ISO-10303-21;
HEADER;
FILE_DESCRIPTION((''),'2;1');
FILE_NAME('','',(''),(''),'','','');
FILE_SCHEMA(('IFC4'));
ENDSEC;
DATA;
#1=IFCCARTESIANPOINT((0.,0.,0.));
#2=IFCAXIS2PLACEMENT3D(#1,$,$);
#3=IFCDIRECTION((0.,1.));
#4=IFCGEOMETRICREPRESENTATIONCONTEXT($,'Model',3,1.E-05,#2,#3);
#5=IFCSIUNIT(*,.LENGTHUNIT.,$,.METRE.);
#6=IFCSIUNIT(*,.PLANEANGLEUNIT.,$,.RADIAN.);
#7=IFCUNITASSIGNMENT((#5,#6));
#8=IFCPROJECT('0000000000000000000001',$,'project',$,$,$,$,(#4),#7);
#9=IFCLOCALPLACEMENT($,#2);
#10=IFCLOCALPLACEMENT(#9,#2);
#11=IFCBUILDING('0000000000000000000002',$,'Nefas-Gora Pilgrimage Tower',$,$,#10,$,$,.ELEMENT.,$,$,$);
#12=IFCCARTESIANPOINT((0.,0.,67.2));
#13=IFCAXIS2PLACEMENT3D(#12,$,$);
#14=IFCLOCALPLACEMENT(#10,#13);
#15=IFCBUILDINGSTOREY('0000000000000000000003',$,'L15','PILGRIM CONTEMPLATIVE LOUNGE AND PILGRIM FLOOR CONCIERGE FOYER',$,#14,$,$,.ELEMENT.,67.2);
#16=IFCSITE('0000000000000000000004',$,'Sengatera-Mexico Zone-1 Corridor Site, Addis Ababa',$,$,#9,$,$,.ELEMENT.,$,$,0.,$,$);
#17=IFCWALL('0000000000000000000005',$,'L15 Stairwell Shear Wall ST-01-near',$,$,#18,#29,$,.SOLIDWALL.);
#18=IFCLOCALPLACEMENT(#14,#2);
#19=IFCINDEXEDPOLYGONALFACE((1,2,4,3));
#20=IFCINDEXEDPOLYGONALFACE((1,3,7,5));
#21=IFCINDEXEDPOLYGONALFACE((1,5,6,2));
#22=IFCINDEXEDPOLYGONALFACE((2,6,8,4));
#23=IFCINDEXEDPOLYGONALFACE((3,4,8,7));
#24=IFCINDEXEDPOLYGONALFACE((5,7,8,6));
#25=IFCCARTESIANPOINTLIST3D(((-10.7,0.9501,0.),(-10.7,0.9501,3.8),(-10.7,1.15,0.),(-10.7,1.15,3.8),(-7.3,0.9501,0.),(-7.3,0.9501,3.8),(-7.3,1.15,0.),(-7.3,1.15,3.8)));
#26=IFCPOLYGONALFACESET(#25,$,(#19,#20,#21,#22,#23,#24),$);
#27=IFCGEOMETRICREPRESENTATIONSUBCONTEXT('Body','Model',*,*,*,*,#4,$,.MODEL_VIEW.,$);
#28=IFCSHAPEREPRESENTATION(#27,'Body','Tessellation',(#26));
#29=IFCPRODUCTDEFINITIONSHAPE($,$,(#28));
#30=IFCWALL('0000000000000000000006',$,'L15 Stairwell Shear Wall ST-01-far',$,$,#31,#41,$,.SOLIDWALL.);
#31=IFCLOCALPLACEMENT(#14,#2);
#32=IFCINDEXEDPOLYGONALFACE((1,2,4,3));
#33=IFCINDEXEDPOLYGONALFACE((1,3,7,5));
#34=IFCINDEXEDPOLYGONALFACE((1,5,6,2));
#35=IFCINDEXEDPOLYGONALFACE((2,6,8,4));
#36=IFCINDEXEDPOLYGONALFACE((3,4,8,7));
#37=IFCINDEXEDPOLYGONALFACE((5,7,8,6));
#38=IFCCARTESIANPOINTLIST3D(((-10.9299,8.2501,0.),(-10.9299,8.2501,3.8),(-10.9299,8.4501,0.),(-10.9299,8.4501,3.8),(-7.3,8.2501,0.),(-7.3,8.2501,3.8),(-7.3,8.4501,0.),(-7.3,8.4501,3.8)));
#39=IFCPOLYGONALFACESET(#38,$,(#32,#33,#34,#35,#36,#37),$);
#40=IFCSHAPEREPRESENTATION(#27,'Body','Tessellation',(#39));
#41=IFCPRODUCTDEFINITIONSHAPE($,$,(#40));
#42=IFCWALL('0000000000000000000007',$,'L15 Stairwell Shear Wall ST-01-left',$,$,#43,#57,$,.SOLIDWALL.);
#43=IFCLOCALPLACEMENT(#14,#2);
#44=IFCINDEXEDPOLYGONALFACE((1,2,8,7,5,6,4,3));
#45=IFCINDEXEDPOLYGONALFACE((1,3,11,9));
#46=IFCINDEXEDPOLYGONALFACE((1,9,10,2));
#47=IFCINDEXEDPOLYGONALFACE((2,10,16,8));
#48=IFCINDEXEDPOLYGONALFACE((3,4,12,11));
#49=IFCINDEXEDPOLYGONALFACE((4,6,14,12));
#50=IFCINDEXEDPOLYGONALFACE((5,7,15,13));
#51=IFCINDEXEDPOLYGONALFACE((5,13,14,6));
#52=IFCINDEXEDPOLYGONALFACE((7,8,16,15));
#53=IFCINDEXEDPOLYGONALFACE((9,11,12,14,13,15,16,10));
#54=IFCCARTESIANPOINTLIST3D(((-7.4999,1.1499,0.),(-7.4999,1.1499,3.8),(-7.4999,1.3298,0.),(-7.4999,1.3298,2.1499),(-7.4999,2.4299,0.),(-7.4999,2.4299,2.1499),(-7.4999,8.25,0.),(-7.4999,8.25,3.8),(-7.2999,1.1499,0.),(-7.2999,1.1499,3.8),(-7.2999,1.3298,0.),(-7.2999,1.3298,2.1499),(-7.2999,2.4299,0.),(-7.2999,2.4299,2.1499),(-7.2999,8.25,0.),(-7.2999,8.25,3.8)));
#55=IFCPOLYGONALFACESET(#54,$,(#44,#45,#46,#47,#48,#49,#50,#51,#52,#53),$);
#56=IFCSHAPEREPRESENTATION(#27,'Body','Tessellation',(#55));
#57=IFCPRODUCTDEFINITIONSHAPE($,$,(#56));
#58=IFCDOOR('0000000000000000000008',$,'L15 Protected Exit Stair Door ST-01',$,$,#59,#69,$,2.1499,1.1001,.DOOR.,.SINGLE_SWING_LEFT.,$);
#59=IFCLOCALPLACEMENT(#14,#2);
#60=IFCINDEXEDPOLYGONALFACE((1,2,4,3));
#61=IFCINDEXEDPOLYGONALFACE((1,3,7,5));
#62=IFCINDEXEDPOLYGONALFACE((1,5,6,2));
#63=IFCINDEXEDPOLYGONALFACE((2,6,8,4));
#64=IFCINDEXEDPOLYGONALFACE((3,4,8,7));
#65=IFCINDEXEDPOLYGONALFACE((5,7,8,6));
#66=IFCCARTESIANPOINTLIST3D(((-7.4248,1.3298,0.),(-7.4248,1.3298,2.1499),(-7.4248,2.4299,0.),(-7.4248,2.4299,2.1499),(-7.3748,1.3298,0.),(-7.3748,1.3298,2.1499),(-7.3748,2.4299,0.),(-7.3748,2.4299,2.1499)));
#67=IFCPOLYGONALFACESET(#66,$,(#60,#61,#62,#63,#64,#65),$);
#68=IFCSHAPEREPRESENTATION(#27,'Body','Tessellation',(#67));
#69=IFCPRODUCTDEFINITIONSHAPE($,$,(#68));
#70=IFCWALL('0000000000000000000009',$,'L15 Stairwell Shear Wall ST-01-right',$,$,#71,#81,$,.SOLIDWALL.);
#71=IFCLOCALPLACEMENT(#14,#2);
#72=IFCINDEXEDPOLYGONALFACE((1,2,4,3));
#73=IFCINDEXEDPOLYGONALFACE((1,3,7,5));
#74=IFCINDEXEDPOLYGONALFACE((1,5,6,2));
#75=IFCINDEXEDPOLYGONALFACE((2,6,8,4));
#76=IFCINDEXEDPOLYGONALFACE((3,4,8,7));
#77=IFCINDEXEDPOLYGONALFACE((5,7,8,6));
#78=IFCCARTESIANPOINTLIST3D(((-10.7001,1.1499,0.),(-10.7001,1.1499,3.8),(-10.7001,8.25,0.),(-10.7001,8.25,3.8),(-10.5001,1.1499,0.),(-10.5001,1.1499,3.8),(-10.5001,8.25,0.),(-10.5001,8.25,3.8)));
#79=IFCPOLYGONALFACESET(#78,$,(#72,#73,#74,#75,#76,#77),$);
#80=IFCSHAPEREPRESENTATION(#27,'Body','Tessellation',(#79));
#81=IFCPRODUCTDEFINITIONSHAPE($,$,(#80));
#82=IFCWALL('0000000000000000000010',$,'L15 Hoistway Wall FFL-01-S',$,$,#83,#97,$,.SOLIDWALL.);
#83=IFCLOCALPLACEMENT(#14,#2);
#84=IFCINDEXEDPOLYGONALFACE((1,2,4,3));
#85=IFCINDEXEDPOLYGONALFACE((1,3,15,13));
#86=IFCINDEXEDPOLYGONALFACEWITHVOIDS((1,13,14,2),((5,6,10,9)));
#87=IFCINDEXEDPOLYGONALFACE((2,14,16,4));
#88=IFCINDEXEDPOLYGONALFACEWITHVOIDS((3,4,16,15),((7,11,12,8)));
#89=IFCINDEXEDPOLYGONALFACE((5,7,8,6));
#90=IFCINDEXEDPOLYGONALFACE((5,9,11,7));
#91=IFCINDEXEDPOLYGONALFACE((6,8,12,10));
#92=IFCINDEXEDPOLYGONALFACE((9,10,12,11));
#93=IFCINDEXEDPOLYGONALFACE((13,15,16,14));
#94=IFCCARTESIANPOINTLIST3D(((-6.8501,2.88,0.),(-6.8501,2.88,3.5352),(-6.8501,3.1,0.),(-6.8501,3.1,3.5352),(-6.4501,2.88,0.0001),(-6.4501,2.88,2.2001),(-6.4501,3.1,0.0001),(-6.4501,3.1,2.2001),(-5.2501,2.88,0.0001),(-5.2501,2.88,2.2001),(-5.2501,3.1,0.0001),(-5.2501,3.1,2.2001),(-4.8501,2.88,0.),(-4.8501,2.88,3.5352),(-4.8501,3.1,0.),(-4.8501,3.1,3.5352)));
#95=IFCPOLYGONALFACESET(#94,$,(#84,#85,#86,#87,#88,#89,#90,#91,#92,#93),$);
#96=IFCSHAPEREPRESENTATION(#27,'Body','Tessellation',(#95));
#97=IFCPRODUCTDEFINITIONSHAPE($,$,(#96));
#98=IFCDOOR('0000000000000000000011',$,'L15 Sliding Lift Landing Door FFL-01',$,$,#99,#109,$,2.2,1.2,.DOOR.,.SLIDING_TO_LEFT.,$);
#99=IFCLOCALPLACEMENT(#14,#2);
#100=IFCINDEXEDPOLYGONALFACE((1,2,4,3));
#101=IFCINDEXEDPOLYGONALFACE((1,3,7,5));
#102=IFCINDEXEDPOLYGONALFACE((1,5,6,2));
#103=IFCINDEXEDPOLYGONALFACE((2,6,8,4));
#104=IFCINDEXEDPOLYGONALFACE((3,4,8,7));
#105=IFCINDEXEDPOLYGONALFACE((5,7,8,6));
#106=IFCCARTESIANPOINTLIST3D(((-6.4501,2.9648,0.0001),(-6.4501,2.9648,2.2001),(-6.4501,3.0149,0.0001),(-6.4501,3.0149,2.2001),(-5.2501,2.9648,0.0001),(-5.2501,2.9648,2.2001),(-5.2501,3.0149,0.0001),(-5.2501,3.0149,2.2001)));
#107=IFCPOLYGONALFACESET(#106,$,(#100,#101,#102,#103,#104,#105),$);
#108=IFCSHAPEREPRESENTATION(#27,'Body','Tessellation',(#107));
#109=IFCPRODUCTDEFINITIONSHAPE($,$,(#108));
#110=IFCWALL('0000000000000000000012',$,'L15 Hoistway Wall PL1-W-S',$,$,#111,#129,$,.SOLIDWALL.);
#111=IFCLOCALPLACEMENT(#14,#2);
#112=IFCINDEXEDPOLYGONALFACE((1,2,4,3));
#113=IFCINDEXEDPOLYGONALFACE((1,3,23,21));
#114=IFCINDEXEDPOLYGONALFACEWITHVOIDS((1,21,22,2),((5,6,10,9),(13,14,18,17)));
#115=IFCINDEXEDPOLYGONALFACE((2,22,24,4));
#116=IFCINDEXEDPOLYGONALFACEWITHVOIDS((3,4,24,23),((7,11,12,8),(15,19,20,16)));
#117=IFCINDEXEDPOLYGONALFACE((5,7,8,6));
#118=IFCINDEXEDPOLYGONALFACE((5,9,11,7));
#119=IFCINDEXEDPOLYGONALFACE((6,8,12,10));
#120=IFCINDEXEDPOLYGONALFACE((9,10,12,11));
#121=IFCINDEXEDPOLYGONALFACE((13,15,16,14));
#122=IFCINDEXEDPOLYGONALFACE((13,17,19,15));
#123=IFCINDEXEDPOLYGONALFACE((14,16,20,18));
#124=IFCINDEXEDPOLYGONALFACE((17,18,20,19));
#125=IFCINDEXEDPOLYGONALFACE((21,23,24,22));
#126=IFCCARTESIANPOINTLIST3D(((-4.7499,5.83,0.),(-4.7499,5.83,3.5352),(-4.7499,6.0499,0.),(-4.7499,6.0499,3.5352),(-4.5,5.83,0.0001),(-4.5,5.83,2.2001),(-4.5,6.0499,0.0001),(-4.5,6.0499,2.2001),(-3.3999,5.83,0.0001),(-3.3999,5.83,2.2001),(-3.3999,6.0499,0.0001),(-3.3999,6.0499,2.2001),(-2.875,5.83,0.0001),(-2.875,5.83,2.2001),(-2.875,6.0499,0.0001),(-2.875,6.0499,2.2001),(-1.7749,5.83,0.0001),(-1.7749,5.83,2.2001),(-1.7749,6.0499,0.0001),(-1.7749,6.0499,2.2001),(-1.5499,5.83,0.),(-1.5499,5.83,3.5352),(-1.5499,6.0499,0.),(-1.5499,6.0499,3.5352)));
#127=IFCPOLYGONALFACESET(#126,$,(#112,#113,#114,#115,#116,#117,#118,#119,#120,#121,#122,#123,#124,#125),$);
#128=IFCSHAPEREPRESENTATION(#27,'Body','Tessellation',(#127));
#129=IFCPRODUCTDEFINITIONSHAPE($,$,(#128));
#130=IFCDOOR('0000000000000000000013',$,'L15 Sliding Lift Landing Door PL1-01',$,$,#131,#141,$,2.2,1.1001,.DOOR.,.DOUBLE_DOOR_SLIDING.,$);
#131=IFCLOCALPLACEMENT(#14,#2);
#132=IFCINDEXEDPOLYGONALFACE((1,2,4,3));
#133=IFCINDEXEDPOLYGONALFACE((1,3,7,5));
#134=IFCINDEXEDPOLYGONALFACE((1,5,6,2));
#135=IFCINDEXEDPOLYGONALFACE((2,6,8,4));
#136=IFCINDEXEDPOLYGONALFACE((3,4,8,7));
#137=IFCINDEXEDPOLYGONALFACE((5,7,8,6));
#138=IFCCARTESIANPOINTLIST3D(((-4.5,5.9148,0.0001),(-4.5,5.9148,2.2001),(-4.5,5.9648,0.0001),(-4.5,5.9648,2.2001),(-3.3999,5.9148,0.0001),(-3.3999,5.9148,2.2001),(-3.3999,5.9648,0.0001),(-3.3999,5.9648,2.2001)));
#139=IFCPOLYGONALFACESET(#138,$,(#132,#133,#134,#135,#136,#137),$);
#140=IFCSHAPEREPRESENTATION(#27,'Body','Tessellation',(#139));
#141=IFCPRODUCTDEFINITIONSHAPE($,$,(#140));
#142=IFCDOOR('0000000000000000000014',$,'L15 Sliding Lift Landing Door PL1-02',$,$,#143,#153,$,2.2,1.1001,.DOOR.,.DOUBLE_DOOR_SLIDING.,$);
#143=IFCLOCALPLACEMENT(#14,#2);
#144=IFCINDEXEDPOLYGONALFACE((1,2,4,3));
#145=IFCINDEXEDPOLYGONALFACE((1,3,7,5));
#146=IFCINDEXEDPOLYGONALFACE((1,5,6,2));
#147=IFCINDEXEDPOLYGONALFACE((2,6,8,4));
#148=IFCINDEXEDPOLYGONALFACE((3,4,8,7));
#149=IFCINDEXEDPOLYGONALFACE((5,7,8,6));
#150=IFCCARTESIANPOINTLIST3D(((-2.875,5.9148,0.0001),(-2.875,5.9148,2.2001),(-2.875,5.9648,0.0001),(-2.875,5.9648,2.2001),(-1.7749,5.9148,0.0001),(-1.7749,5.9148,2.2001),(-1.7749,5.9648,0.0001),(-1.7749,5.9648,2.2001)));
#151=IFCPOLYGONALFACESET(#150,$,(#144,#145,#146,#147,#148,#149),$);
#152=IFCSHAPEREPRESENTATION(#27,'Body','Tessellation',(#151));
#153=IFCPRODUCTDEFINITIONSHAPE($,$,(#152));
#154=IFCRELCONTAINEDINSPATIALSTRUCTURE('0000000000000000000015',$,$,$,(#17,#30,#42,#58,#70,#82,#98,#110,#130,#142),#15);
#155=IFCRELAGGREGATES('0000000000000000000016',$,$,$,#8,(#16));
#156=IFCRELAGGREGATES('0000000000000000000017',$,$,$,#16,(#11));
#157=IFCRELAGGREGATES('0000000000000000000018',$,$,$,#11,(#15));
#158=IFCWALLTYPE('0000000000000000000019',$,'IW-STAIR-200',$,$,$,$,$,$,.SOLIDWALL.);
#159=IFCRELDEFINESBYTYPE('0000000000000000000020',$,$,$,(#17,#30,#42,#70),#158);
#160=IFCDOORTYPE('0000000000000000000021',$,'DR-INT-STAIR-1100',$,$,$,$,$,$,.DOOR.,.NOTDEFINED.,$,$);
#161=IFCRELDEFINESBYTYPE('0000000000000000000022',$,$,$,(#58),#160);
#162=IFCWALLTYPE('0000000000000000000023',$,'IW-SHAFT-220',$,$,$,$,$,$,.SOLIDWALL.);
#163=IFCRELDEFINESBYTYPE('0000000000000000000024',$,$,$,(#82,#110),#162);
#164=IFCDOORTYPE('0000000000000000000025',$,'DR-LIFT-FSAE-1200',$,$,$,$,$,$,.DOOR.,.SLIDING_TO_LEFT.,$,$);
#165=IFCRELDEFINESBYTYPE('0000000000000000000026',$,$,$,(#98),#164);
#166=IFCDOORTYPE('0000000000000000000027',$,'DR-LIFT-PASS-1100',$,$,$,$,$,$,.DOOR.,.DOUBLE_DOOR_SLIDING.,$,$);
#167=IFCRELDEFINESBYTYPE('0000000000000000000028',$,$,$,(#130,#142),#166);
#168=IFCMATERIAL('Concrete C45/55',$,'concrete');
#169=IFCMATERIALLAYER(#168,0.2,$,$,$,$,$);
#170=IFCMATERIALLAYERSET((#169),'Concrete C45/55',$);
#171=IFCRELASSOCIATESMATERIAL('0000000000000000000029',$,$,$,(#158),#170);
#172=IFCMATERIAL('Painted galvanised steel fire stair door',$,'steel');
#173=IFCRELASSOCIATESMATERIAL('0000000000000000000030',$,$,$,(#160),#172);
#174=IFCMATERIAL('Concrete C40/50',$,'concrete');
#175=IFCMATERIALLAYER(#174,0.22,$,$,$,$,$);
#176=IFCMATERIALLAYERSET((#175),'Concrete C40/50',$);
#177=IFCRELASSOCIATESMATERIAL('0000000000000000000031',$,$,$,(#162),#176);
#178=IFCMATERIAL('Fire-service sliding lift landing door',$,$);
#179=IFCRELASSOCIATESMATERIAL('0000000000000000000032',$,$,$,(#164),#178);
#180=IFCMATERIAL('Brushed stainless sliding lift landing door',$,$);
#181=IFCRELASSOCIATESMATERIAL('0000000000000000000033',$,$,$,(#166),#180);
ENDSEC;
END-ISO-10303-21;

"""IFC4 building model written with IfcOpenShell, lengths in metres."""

from ifc_helpers import new_model, si_unit, direction, frame, frame_2d, origin, place, context, subcontext, project, spatial, rectangle, extrude, source, transform, mapped, material, layer, layer_set, type_object, element, fill, save


model = new_model("IFC4")

# Units and contexts
model_context = context("Model", 3, precision=1e-05, world=origin(), true_north=direction((0.0, 1.0)))
body_context = subcontext(model_context, "Body", "Model", "MODEL_VIEW")
ifc_project = project(units=[si_unit("LENGTHUNIT", "METRE"), si_unit("PLANEANGLEUNIT", "RADIAN")], contexts=[model_context])

# Site, building, storey
site_placement = place(None, origin())
site = spatial("IfcSite", under=ifc_project, at=site_placement, Name="Sengatera-Mexico Zone-1 Corridor Site, Addis Ababa", CompositionType="ELEMENT", RefElevation=0.0)
building_placement = place(site_placement, origin())
building = spatial("IfcBuilding", under=site, at=building_placement, Name="Nefas-Gora Pilgrimage Tower", CompositionType="ELEMENT")
storey_placement = place(building_placement, frame((0.0, 0.0, 67.2)))
storey = spatial("IfcBuildingStorey", under=building, at=storey_placement, Name="L15", Description="PILGRIM CONTEMPLATIVE LOUNGE AND PILGRIM FLOOR CONCIERGE FOYER", CompositionType="ELEMENT", Elevation=67.2)

# Walls
ifc_material_1 = material(Name="Concrete C45/55", Category="concrete")
ifc_layer_1 = layer(ifc_material_1, 0.2)
ifc_layer_set_1 = layer_set([ifc_layer_1], Name="Concrete C45/55")
wall_type_1 = type_object("IfcWallType", Name="IW-STAIR-200", PredefinedType="SOLIDWALL", material=ifc_layer_set_1)
shared_shape_1 = source(origin(), body_context, "Body", "SweptSolid", [
    extrude(rectangle(XDim=3.3999, YDim=0.2, at=frame_2d((1.7, 0.0))), origin(), (0.0, 0.0, 1.0), 3.8),
])
wall_1_placement = place(storey_placement, frame((-7.3, 1.05, 0.0), z_axis=(0.0, 0.0, 1.0), x_axis=(-1.0, 0.0, 0.0)))
element("IfcWall", 1, at=wall_1_placement, inside=storey, type_object=wall_type_1, Name="L15 Stairwell Shear Wall ST-01-near", PredefinedType="SOLIDWALL", context=body_context, shape_type="MappedRepresentation", body=[
    mapped(shared_shape_1, transform((0.0, 0.0, 0.0), x_axis=(1.0, 0.0, 0.0), y_axis=(0.0, 1.0, 0.0), z_axis=(0.0, 0.0, 1.0), scale=1.0)),
])
shared_shape_2 = source(origin(), body_context, "Body", "SweptSolid", [
    extrude(rectangle(XDim=3.6299, YDim=0.2, at=frame_2d((1.8149, 0.0))), origin(), (0.0, 0.0, 1.0), 3.8),
])
wall_2_placement = place(storey_placement, frame((-7.3, 8.3501, 0.0), z_axis=(0.0, 0.0, 1.0), x_axis=(-1.0, 0.0, 0.0)))
element("IfcWall", 2, at=wall_2_placement, inside=storey, type_object=wall_type_1, Name="L15 Stairwell Shear Wall ST-01-far", PredefinedType="SOLIDWALL", context=body_context, shape_type="MappedRepresentation", body=[
    mapped(shared_shape_2, transform((0.0, 0.0, 0.0), x_axis=(1.0, 0.0, 0.0), y_axis=(0.0, 1.0, 0.0), z_axis=(0.0, 0.0, 1.0), scale=1.0)),
])

# Wall, opening, door
shared_shape_3 = source(origin(), body_context, "Body", "SweptSolid", [
    extrude(rectangle(XDim=7.1001, YDim=0.2, at=frame_2d((3.55, 0.0))), origin(), (0.0, 0.0, 1.0), 3.8),
])
wall_3_placement = place(storey_placement, frame((-7.3999, 1.1499, 0.0), z_axis=(0.0, 0.0, 1.0), x_axis=(0.0, 1.0, 0.0)))
wall_3 = element("IfcWall", 3, at=wall_3_placement, inside=storey, type_object=wall_type_1, Name="L15 Stairwell Shear Wall ST-01-left", PredefinedType="SOLIDWALL", context=body_context, shape_type="MappedRepresentation", body=[
    mapped(shared_shape_3, transform((0.0, 0.0, 0.0), x_axis=(1.0, 0.0, 0.0), y_axis=(0.0, 1.0, 0.0), z_axis=(0.0, 0.0, 1.0), scale=1.0)),
])
opening_1_placement = place(wall_3_placement, frame((0.1799, 0.0, 0.0)))
opening_1 = element("IfcOpeningElement", 4, at=opening_1_placement, cuts=wall_3, PredefinedType="OPENING", context=body_context, shape_type="SweptSolid", body=[
    extrude(rectangle(XDim=1.1001, YDim=2.1499, at=frame_2d((0.55, 1.075))), frame((0.0, 0.1099, 0.0), z_axis=(0.0, -1.0, 0.0), x_axis=(1.0, 0.0, 0.0)), (0.0, 0.0, 1.0), 0.22),
])
ifc_material_2 = material(Name="Painted galvanised steel fire stair door", Category="steel")
door_type_1 = type_object("IfcDoorType", Name="DR-INT-STAIR-1100", OperationType="NOTDEFINED", PredefinedType="DOOR", material=ifc_material_2)
shared_shape_4 = source(origin(), body_context, "Body", "SweptSolid", [
    extrude(rectangle(XDim=1.1001, YDim=2.1499, at=frame_2d((0.55, 1.075))), frame((0.0, 0.0249, 0.0), z_axis=(0.0, -1.0, 0.0), x_axis=(1.0, 0.0, 0.0)), (0.0, 0.0, 1.0), 0.05),
])
door_1_placement = place(opening_1_placement, origin())
door_1 = element("IfcDoor", 5, at=door_1_placement, inside=storey, type_object=door_type_1, Name="L15 Protected Exit Stair Door ST-01", OperationType="SINGLE_SWING_LEFT", OverallHeight=2.1499, OverallWidth=1.1001, PredefinedType="DOOR", context=body_context, shape_type="MappedRepresentation", body=[
    mapped(shared_shape_4, transform((0.0, 0.0, 0.0), x_axis=(1.0, 0.0, 0.0), y_axis=(0.0, 1.0, 0.0), z_axis=(0.0, 0.0, 1.0), scale=1.0)),
])
fill(opening_1, door_1)

# Wall
wall_4_placement = place(storey_placement, frame((-10.6001, 1.1499, 0.0), z_axis=(0.0, 0.0, 1.0), x_axis=(0.0, 1.0, 0.0)))
element("IfcWall", 6, at=wall_4_placement, inside=storey, type_object=wall_type_1, Name="L15 Stairwell Shear Wall ST-01-right", PredefinedType="SOLIDWALL", context=body_context, shape_type="MappedRepresentation", body=[
    mapped(shared_shape_3, transform((0.0, 0.0, 0.0), x_axis=(1.0, 0.0, 0.0), y_axis=(0.0, 1.0, 0.0), z_axis=(0.0, 0.0, 1.0), scale=1.0)),
])

# Wall, opening, door
ifc_material_3 = material(Name="Concrete C40/50", Category="concrete")
ifc_layer_2 = layer(ifc_material_3, 0.22)
ifc_layer_set_2 = layer_set([ifc_layer_2], Name="Concrete C40/50")
wall_type_2 = type_object("IfcWallType", Name="IW-SHAFT-220", PredefinedType="SOLIDWALL", material=ifc_layer_set_2)
shared_shape_5 = source(origin(), body_context, "Body", "SweptSolid", [
    extrude(rectangle(XDim=2.0, YDim=0.22, at=frame_2d((1.0, 0.0))), origin(), (0.0, 0.0, 1.0), 3.5352),
])
wall_5_placement = place(storey_placement, frame((-6.8501, 2.99, 0.0), z_axis=(0.0, 0.0, 1.0), x_axis=(1.0, 0.0, 0.0)))
wall_5 = element("IfcWall", 7, at=wall_5_placement, inside=storey, type_object=wall_type_2, Name="L15 Hoistway Wall FFL-01-S", PredefinedType="SOLIDWALL", context=body_context, shape_type="MappedRepresentation", body=[
    mapped(shared_shape_5, transform((0.0, 0.0, 0.0), x_axis=(1.0, 0.0, 0.0), y_axis=(0.0, 1.0, 0.0), z_axis=(0.0, 0.0, 1.0), scale=1.0)),
])
opening_2_placement = place(wall_5_placement, frame((0.3999, 0.0, 0.0)))
opening_2 = element("IfcOpeningElement", 8, at=opening_2_placement, cuts=wall_5, PredefinedType="OPENING", context=body_context, shape_type="SweptSolid", body=[
    extrude(rectangle(XDim=1.2, YDim=2.2, at=frame_2d((0.6001, 1.1001))), frame((0.0, 0.1199, 0.0), z_axis=(0.0, -1.0, 0.0), x_axis=(1.0, 0.0, 0.0)), (0.0, 0.0, 1.0), 0.24),
])
ifc_material_4 = material(Name="Fire-service sliding lift landing door")
door_type_2 = type_object("IfcDoorType", Name="DR-LIFT-FSAE-1200", OperationType="SLIDING_TO_LEFT", PredefinedType="DOOR", material=ifc_material_4)
shared_shape_6 = source(origin(), body_context, "Body", "SweptSolid", [
    extrude(rectangle(XDim=1.2, YDim=2.2, at=frame_2d((0.6001, 1.1001))), frame((0.0, 0.0249, 0.0), z_axis=(0.0, -1.0, 0.0), x_axis=(1.0, 0.0, 0.0)), (0.0, 0.0, 1.0), 0.05),
])
door_2_placement = place(opening_2_placement, origin())
door_2 = element("IfcDoor", 9, at=door_2_placement, inside=storey, type_object=door_type_2, Name="L15 Sliding Lift Landing Door FFL-01", OperationType="SLIDING_TO_LEFT", OverallHeight=2.2, OverallWidth=1.2, PredefinedType="DOOR", context=body_context, shape_type="MappedRepresentation", body=[
    mapped(shared_shape_6, transform((0.0, 0.0, 0.0), x_axis=(1.0, 0.0, 0.0), y_axis=(0.0, 1.0, 0.0), z_axis=(0.0, 0.0, 1.0), scale=1.0)),
])
fill(opening_2, door_2)

# Wall, openings, doors
shared_shape_7 = source(origin(), body_context, "Body", "SweptSolid", [
    extrude(rectangle(XDim=3.2, YDim=0.22, at=frame_2d((1.6001, 0.0))), origin(), (0.0, 0.0, 1.0), 3.5352),
])
wall_6_placement = place(storey_placement, frame((-4.75, 5.9399, 0.0), z_axis=(0.0, 0.0, 1.0), x_axis=(1.0, 0.0, 0.0)))
wall_6 = element("IfcWall", 10, at=wall_6_placement, inside=storey, type_object=wall_type_2, Name="L15 Hoistway Wall PL1-W-S", PredefinedType="SOLIDWALL", context=body_context, shape_type="MappedRepresentation", body=[
    mapped(shared_shape_7, transform((0.0, 0.0, 0.0), x_axis=(1.0, 0.0, 0.0), y_axis=(0.0, 1.0, 0.0), z_axis=(0.0, 0.0, 1.0), scale=1.0)),
])
opening_3_placement = place(wall_6_placement, frame((0.25, 0.0, 0.0)))
opening_3 = element("IfcOpeningElement", 11, at=opening_3_placement, cuts=wall_6, PredefinedType="OPENING", context=body_context, shape_type="SweptSolid", body=[
    extrude(rectangle(XDim=1.1001, YDim=2.2, at=frame_2d((0.55, 1.1001))), frame((0.0, 0.1199, 0.0), z_axis=(0.0, -1.0, 0.0), x_axis=(1.0, 0.0, 0.0)), (0.0, 0.0, 1.0), 0.24),
])
opening_4_placement = place(wall_6_placement, frame((1.875, 0.0, 0.0)))
opening_4 = element("IfcOpeningElement", 12, at=opening_4_placement, cuts=wall_6, PredefinedType="OPENING", context=body_context, shape_type="SweptSolid", body=[
    extrude(rectangle(XDim=1.1001, YDim=2.2, at=frame_2d((0.55, 1.1001))), frame((0.0, 0.1199, 0.0), z_axis=(0.0, -1.0, 0.0), x_axis=(1.0, 0.0, 0.0)), (0.0, 0.0, 1.0), 0.24),
])
ifc_material_5 = material(Name="Brushed stainless sliding lift landing door")
door_type_3 = type_object("IfcDoorType", Name="DR-LIFT-PASS-1100", OperationType="DOUBLE_DOOR_SLIDING", PredefinedType="DOOR", material=ifc_material_5)
shared_shape_8 = source(origin(), body_context, "Body", "SweptSolid", [
    extrude(rectangle(XDim=1.1001, YDim=2.2, at=frame_2d((0.55, 1.1001))), frame((0.0, 0.0249, 0.0), z_axis=(0.0, -1.0, 0.0), x_axis=(1.0, 0.0, 0.0)), (0.0, 0.0, 1.0), 0.05),
])
door_3_placement = place(opening_3_placement, origin())
door_3 = element("IfcDoor", 13, at=door_3_placement, inside=storey, type_object=door_type_3, Name="L15 Sliding Lift Landing Door PL1-01", OperationType="DOUBLE_DOOR_SLIDING", OverallHeight=2.2, OverallWidth=1.1001, PredefinedType="DOOR", context=body_context, shape_type="MappedRepresentation", body=[
    mapped(shared_shape_8, transform((0.0, 0.0, 0.0), x_axis=(1.0, 0.0, 0.0), y_axis=(0.0, 1.0, 0.0), z_axis=(0.0, 0.0, 1.0), scale=1.0)),
])
fill(opening_3, door_3)
door_4_placement = place(opening_4_placement, origin())
door_4 = element("IfcDoor", 14, at=door_4_placement, inside=storey, type_object=door_type_3, Name="L15 Sliding Lift Landing Door PL1-02", OperationType="DOUBLE_DOOR_SLIDING", OverallHeight=2.2, OverallWidth=1.1001, PredefinedType="DOOR", context=body_context, shape_type="MappedRepresentation", body=[
    mapped(shared_shape_8, transform((0.0, 0.0, 0.0), x_axis=(1.0, 0.0, 0.0), y_axis=(0.0, 1.0, 0.0), z_axis=(0.0, 0.0, 1.0), scale=1.0)),
])
fill(opening_4, door_4)

save(model, "model.ifc")
